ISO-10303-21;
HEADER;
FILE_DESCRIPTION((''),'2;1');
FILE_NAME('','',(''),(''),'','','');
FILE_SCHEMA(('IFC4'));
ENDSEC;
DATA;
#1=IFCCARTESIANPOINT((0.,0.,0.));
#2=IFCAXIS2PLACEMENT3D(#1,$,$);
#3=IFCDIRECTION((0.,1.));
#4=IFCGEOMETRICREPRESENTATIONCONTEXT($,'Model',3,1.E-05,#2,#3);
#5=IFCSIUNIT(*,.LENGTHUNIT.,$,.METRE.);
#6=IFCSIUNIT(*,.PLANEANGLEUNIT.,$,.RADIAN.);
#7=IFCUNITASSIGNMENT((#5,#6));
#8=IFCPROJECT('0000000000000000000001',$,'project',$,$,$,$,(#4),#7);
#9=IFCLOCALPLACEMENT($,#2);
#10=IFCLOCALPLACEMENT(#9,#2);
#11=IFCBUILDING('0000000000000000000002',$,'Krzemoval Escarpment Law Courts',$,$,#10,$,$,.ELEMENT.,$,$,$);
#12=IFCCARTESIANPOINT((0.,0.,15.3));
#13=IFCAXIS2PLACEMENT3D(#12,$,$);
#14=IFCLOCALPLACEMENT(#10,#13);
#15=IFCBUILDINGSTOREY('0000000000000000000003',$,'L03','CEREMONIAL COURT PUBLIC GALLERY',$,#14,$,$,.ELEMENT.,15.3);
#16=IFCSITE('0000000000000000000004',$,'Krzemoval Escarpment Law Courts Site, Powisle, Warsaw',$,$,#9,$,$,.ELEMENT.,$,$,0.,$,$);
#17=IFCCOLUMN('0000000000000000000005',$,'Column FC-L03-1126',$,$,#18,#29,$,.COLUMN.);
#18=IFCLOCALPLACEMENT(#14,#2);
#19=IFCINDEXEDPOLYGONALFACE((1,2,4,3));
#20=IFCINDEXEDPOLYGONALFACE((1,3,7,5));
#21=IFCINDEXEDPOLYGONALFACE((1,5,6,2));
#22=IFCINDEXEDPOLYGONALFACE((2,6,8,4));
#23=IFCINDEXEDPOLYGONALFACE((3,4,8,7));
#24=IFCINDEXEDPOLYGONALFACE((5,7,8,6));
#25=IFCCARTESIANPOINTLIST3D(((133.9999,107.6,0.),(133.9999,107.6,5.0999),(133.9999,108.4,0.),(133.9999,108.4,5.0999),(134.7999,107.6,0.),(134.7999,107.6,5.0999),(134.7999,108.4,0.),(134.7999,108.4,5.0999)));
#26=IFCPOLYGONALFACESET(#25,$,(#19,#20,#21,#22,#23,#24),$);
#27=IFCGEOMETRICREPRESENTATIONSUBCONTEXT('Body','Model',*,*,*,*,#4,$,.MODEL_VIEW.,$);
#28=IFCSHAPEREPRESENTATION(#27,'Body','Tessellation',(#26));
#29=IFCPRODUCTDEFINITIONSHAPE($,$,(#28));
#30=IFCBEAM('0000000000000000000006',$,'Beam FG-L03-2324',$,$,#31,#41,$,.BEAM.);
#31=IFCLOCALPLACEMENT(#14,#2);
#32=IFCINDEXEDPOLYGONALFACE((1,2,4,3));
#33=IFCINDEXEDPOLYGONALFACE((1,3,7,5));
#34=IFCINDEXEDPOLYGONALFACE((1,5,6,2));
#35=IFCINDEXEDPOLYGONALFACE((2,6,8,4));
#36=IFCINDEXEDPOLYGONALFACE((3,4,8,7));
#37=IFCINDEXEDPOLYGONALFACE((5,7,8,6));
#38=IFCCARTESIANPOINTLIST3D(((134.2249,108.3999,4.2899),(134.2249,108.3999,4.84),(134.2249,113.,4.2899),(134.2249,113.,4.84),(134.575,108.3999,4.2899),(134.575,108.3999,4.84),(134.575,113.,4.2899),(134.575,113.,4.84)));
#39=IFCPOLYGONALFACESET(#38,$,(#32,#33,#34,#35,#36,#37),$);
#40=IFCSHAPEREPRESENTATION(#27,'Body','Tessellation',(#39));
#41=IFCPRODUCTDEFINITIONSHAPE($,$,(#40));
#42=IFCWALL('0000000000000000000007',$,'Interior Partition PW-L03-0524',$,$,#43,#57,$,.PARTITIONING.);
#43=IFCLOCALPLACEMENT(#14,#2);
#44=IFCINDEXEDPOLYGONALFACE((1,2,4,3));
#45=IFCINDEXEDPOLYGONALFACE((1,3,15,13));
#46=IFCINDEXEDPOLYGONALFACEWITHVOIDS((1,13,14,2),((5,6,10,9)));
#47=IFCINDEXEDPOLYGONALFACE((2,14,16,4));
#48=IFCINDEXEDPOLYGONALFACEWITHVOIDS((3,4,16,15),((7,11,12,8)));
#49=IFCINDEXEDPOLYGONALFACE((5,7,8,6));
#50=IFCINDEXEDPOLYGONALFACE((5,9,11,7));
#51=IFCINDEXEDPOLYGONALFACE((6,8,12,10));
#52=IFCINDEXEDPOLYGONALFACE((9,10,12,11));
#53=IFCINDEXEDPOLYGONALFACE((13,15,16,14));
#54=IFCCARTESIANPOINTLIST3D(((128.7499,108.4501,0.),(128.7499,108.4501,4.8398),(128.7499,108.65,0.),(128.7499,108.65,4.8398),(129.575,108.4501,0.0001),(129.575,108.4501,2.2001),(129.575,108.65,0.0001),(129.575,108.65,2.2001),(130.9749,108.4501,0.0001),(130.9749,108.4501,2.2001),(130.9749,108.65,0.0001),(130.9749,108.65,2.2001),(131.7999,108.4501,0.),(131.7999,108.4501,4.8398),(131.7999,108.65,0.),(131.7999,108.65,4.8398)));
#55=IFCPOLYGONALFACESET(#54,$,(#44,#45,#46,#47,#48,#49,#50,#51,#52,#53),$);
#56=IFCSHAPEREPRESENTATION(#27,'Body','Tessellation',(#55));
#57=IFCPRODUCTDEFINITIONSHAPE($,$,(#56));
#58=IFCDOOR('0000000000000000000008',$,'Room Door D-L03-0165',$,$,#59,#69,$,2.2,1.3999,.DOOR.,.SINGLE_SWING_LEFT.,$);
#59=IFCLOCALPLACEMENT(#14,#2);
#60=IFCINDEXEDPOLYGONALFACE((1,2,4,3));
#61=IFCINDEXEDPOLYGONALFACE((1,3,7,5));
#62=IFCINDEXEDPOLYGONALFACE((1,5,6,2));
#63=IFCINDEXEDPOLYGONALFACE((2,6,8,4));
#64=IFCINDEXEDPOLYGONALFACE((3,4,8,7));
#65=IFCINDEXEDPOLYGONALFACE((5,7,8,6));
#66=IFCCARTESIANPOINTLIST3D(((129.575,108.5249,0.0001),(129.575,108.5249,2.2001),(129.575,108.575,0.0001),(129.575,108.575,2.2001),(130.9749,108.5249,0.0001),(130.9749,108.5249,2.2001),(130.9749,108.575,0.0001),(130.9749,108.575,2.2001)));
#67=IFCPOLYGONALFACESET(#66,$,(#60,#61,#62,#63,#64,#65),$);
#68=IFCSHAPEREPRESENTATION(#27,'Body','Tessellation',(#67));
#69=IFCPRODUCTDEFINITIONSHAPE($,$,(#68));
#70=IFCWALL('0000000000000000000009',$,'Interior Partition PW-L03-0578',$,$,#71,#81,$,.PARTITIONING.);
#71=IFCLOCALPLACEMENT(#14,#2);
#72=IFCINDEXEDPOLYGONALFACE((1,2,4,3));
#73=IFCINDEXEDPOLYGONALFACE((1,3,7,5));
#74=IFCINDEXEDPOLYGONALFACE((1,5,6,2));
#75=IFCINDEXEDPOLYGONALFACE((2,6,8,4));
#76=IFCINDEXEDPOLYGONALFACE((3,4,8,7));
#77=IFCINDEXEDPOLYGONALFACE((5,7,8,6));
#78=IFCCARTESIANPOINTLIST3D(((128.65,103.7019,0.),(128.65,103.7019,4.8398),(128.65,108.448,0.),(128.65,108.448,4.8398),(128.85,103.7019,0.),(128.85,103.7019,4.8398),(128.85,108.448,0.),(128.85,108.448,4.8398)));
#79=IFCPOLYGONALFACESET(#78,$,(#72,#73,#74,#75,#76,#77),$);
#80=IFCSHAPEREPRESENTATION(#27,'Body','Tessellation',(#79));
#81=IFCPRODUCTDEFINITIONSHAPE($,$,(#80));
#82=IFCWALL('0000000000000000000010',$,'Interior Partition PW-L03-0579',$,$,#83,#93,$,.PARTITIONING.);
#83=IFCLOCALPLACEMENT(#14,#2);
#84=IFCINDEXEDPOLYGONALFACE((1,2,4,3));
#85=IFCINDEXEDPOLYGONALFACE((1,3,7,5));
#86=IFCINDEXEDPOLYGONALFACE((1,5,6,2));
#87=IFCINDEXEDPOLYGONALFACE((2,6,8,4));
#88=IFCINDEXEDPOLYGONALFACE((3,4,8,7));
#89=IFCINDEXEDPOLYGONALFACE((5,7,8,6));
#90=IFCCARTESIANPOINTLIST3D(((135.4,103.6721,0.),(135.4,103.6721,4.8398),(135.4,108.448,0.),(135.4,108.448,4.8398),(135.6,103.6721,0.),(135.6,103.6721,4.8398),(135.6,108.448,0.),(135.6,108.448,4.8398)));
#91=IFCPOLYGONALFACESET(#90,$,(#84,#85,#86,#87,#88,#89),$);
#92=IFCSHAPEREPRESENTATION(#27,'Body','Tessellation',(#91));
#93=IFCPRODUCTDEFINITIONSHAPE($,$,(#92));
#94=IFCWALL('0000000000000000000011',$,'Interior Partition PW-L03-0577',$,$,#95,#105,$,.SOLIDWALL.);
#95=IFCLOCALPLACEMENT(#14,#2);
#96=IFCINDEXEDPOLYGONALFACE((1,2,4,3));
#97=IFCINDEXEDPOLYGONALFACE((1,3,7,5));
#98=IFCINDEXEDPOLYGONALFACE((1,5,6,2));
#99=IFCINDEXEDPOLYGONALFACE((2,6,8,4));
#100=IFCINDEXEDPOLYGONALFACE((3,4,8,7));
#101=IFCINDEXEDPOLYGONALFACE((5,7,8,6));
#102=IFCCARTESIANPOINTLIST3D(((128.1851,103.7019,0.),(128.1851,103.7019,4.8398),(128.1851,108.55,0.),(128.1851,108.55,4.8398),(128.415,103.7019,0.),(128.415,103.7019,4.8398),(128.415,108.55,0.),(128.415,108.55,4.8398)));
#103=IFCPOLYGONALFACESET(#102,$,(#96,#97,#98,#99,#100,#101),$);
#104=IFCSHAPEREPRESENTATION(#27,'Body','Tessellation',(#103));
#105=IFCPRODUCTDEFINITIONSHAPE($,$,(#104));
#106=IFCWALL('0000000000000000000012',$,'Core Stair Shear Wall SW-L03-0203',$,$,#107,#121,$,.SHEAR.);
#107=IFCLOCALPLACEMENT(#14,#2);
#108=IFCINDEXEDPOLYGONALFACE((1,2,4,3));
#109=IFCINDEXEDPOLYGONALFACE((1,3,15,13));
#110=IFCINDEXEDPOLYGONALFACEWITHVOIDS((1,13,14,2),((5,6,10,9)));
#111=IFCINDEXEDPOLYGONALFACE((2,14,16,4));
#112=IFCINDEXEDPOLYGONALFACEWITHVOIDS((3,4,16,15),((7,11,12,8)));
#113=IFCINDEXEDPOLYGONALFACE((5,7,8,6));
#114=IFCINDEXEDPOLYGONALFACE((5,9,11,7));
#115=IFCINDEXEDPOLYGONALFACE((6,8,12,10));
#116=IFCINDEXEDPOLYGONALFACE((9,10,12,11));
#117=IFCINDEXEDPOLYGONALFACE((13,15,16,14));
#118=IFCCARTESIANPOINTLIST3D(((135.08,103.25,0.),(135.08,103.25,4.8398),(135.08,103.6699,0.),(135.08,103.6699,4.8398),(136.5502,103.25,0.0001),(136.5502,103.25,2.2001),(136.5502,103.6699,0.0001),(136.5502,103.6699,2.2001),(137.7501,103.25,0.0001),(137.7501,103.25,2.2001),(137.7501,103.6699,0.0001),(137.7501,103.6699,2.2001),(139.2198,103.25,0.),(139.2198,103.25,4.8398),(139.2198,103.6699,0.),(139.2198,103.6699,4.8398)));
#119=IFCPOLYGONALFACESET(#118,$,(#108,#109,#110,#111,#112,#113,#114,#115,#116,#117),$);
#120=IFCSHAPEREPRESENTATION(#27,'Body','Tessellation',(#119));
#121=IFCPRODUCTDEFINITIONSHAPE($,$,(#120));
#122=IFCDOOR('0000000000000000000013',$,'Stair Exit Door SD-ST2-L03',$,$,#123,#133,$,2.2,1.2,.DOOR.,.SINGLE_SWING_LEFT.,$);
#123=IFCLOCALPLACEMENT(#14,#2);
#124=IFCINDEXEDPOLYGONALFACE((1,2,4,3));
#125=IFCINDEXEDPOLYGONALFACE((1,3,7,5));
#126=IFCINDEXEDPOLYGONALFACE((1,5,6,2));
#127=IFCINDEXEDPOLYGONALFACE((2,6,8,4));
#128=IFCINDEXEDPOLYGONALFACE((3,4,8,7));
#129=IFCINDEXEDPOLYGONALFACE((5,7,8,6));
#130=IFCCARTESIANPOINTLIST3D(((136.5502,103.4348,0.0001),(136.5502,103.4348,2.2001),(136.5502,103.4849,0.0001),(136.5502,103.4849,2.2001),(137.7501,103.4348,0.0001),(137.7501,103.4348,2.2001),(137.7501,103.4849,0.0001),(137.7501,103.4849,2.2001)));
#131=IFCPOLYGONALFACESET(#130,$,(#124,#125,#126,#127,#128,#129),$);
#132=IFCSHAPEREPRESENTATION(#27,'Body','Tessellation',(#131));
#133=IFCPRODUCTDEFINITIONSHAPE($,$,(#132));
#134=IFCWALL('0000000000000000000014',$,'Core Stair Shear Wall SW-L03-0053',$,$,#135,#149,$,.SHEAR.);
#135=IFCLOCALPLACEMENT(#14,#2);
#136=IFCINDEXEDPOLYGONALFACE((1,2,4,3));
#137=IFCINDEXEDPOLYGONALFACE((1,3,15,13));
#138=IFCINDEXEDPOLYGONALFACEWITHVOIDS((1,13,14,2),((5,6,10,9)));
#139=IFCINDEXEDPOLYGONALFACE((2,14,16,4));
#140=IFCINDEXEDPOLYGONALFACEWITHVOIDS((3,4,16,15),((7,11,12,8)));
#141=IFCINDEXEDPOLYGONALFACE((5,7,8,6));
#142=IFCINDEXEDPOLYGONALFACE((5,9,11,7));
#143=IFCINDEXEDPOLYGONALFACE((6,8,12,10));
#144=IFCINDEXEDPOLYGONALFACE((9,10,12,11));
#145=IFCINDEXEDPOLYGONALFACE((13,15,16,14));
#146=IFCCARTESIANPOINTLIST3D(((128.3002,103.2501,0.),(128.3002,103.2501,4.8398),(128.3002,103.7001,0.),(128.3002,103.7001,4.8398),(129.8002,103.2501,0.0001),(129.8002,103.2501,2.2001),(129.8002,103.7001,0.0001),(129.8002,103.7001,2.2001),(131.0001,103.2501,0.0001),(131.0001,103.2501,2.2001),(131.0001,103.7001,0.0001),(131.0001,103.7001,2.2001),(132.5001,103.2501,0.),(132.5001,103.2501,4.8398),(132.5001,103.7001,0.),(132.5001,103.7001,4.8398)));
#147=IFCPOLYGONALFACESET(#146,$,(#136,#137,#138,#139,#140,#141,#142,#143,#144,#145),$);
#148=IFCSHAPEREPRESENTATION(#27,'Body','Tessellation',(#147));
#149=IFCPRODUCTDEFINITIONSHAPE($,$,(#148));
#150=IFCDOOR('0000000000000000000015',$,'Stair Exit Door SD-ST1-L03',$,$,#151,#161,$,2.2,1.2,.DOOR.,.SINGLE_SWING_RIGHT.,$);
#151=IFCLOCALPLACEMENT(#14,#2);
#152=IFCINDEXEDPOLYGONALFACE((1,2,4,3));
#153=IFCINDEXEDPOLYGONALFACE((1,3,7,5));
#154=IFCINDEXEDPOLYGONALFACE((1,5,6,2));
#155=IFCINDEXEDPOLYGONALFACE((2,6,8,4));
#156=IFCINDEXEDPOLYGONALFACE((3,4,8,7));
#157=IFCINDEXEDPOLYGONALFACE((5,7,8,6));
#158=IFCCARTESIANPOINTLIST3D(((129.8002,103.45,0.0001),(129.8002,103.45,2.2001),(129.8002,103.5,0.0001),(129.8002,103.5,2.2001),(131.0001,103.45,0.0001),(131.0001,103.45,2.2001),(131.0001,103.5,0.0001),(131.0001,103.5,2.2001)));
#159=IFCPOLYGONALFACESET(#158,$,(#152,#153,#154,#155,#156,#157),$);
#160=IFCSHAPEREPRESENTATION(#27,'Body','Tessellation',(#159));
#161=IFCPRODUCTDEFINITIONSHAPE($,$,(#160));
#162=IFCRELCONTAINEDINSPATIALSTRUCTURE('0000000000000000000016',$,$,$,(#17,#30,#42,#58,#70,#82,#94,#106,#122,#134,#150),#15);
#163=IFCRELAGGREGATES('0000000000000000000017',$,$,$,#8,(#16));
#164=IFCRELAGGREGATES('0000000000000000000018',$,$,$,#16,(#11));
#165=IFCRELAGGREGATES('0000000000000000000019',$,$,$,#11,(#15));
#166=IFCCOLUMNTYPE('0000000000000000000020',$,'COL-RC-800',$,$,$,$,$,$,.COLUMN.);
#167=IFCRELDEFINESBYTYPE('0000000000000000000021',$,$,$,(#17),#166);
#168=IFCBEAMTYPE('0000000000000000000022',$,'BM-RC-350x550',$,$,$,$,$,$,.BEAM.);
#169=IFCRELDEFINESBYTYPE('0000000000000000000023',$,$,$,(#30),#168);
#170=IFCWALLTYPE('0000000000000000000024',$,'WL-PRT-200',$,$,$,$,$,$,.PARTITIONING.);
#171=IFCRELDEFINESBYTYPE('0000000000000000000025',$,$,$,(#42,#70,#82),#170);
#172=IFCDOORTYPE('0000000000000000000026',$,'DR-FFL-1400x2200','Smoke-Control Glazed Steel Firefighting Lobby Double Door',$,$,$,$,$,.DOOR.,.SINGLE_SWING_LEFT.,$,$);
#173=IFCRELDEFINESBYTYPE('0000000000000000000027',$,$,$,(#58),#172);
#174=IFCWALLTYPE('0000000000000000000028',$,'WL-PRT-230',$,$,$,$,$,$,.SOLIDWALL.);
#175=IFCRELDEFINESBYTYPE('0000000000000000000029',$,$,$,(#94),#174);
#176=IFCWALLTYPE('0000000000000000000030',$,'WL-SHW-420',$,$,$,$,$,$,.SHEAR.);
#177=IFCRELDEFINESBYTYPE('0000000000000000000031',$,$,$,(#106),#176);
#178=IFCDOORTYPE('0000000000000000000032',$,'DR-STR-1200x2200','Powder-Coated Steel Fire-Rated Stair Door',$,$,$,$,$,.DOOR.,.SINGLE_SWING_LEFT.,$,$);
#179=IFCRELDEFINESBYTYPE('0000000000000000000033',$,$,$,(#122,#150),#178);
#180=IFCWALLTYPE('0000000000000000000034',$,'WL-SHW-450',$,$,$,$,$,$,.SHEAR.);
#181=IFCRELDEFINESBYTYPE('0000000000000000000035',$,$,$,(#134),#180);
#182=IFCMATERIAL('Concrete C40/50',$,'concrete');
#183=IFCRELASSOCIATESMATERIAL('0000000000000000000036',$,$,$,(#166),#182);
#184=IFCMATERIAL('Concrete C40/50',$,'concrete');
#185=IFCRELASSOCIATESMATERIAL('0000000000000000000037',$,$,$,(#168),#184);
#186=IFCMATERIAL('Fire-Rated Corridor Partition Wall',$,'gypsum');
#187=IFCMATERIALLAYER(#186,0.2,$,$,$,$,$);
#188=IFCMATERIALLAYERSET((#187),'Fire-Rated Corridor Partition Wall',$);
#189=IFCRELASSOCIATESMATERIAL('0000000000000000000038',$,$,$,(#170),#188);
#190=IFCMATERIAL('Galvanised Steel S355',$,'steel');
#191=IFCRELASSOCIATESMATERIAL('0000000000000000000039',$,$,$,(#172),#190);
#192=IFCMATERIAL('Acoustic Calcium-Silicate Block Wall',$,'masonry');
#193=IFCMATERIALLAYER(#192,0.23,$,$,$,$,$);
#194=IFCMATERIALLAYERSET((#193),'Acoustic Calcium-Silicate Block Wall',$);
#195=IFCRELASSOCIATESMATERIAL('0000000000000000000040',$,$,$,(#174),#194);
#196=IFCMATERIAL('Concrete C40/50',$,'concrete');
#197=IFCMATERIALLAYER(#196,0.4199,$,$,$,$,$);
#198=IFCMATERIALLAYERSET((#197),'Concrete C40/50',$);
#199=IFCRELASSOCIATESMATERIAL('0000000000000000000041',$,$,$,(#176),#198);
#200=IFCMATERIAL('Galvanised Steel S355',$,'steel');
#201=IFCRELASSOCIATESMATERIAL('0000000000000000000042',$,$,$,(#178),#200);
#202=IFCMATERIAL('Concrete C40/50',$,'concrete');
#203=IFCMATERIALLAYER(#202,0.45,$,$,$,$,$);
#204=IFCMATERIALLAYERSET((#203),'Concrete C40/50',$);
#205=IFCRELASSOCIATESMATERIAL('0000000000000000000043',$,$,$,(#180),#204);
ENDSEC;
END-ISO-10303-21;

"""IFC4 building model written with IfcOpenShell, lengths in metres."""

from ifc_helpers import new_model, si_unit, direction, frame, frame_2d, origin, origin_2d, place, context, subcontext, project, spatial, rectangle, extrude, material, layer, layer_set, material_profile, profile_set, type_object, element, fill, save


model = new_model("IFC4")

# Units and contexts
model_context = context("Model", 3, precision=1e-05, world=origin(), true_north=direction((0.0, 1.0)))
body_context = subcontext(model_context, "Body", "Model", "MODEL_VIEW")
ifc_project = project(units=[si_unit("LENGTHUNIT", "METRE"), si_unit("PLANEANGLEUNIT", "RADIAN")], contexts=[model_context])

# Site, building, storey
site_placement = place(None, origin())
site = spatial("IfcSite", under=ifc_project, at=site_placement, Name="Krzemoval Escarpment Law Courts Site, Powisle, Warsaw", CompositionType="ELEMENT", RefElevation=0.0)
building_placement = place(site_placement, origin())
building = spatial("IfcBuilding", under=site, at=building_placement, Name="Krzemoval Escarpment Law Courts", CompositionType="ELEMENT")
storey_placement = place(building_placement, frame((0.0, 0.0, 15.3)))
storey = spatial("IfcBuildingStorey", under=building, at=storey_placement, Name="L03", Description="CEREMONIAL COURT PUBLIC GALLERY", CompositionType="ELEMENT", Elevation=15.3)

# Column
ifc_material_1 = material(Name="Concrete C40/50", Category="concrete")
ifc_material_profile_1 = material_profile(ifc_material_1, rectangle(XDim=0.8, YDim=0.8, at=origin_2d()), Name="RC 800x800")
ifc_profile_set_1 = profile_set([ifc_material_profile_1], Name="Concrete C40/50")
column_type = type_object("IfcColumnType", Name="COL-RC-800", PredefinedType="COLUMN", material=ifc_profile_set_1)
column_placement = place(storey_placement, frame((134.3999, 108.0, 0.0), z_axis=(0.0, 0.0, 1.0), x_axis=(1.0, 0.0, 0.0)))
element("IfcColumn", 1, at=column_placement, inside=storey, type_object=column_type, Name="Column FC-L03-1126", PredefinedType="COLUMN", context=body_context, shape_type="SweptSolid", body=[
    extrude(rectangle(XDim=0.8, YDim=0.8, at=origin_2d()), origin(), (0.0, 0.0, 1.0), 5.0999),
])

# Beam
ifc_material_2 = material(Name="Concrete C40/50", Category="concrete")
ifc_material_profile_2 = material_profile(ifc_material_2, rectangle(XDim=0.3501, YDim=0.55, at=origin_2d()), Name="RCB 350x550")
ifc_profile_set_2 = profile_set([ifc_material_profile_2], Name="Concrete C40/50")
beam_type = type_object("IfcBeamType", Name="BM-RC-350x550", PredefinedType="BEAM", material=ifc_profile_set_2)
beam_placement = place(storey_placement, frame((134.3999, 108.3999, 4.5649), z_axis=(0.0, 1.0, 0.0), x_axis=(-1.0, 0.0, 0.0)))
element("IfcBeam", 2, at=beam_placement, inside=storey, type_object=beam_type, Name="Beam FG-L03-2324", PredefinedType="BEAM", context=body_context, shape_type="SweptSolid", body=[
    extrude(rectangle(XDim=0.3501, YDim=0.55, at=origin_2d()), origin(), (0.0, 0.0, 1.0), 4.6001),
])

# Wall, opening, door
ifc_material_3 = material(Name="Fire-Rated Corridor Partition Wall", Category="gypsum")
ifc_layer_1 = layer(ifc_material_3, 0.2)
ifc_layer_set_1 = layer_set([ifc_layer_1], Name="Fire-Rated Corridor Partition Wall")
wall_type_1 = type_object("IfcWallType", Name="WL-PRT-200", PredefinedType="PARTITIONING", material=ifc_layer_set_1)
wall_1_placement = place(storey_placement, frame((128.75, 108.55, 0.0), z_axis=(0.0, 0.0, 1.0), x_axis=(1.0, 0.0, 0.0)))
wall_1 = element("IfcWall", 3, at=wall_1_placement, inside=storey, type_object=wall_type_1, Name="Interior Partition PW-L03-0524", PredefinedType="PARTITIONING", context=body_context, shape_type="SweptSolid", body=[
    extrude(rectangle(XDim=3.05, YDim=0.2, at=frame_2d((1.5249, 0.0))), origin(), (0.0, 0.0, 1.0), 4.8398),
])
opening_1_placement = place(wall_1_placement, frame((0.825, 0.0, 0.0)))
opening_1 = element("IfcOpeningElement", 4, at=opening_1_placement, cuts=wall_1, PredefinedType="OPENING", context=body_context, shape_type="SweptSolid", body=[
    extrude(rectangle(XDim=1.3999, YDim=2.2, at=frame_2d((0.7, 1.1001))), frame((0.0, 0.115, 0.0), z_axis=(0.0, -1.0, 0.0), x_axis=(1.0, 0.0, 0.0)), (0.0, 0.0, 1.0), 0.2299),
])
ifc_material_4 = material(Name="Galvanised Steel S355", Category="steel")
door_type_1 = type_object("IfcDoorType", Name="DR-FFL-1400x2200", Description="Smoke-Control Glazed Steel Firefighting Lobby Double Door", OperationType="SINGLE_SWING_LEFT", PredefinedType="DOOR", material=ifc_material_4)
door_1_placement = place(opening_1_placement, origin())
door_1 = element("IfcDoor", 5, at=door_1_placement, inside=storey, type_object=door_type_1, Name="Room Door D-L03-0165", OperationType="SINGLE_SWING_LEFT", OverallHeight=2.2, OverallWidth=1.3999, PredefinedType="DOOR", context=body_context, shape_type="SweptSolid", body=[
    extrude(rectangle(XDim=1.3999, YDim=2.2, at=frame_2d((0.7, 1.1001))), frame((0.0, 0.0249, 0.0), z_axis=(0.0, -1.0, 0.0), x_axis=(1.0, 0.0, 0.0)), (0.0, 0.0, 1.0), 0.05),
])
fill(opening_1, door_1)

# Walls
wall_2_placement = place(storey_placement, frame((128.75, 103.7019, 0.0), z_axis=(0.0, 0.0, 1.0), x_axis=(0.0, 1.0, 0.0)))
element("IfcWall", 6, at=wall_2_placement, inside=storey, type_object=wall_type_1, Name="Interior Partition PW-L03-0578", PredefinedType="PARTITIONING", context=body_context, shape_type="SweptSolid", body=[
    extrude(rectangle(XDim=4.7461, YDim=0.2, at=frame_2d((2.373, 0.0))), origin(), (0.0, 0.0, 1.0), 4.8398),
])
wall_3_placement = place(storey_placement, frame((135.5, 103.6721, 0.0), z_axis=(0.0, 0.0, 1.0), x_axis=(0.0, 1.0, 0.0)))
element("IfcWall", 7, at=wall_3_placement, inside=storey, type_object=wall_type_1, Name="Interior Partition PW-L03-0579", PredefinedType="PARTITIONING", context=body_context, shape_type="SweptSolid", body=[
    extrude(rectangle(XDim=4.7759, YDim=0.2, at=frame_2d((2.3879, 0.0))), origin(), (0.0, 0.0, 1.0), 4.8398),
])
ifc_material_5 = material(Name="Acoustic Calcium-Silicate Block Wall", Category="masonry")
ifc_layer_2 = layer(ifc_material_5, 0.23)
ifc_layer_set_2 = layer_set([ifc_layer_2], Name="Acoustic Calcium-Silicate Block Wall")
wall_type_2 = type_object("IfcWallType", Name="WL-PRT-230", PredefinedType="SOLIDWALL", material=ifc_layer_set_2)
wall_4_placement = place(storey_placement, frame((128.3, 103.7019, 0.0), z_axis=(0.0, 0.0, 1.0), x_axis=(0.0, 1.0, 0.0)))
element("IfcWall", 8, at=wall_4_placement, inside=storey, type_object=wall_type_2, Name="Interior Partition PW-L03-0577", PredefinedType="SOLIDWALL", context=body_context, shape_type="SweptSolid", body=[
    extrude(rectangle(XDim=4.8481, YDim=0.23, at=frame_2d((2.4241, 0.0))), origin(), (0.0, 0.0, 1.0), 4.8398),
])

# Walls, openings, doors
ifc_material_6 = material(Name="Concrete C40/50", Category="concrete")
ifc_layer_3 = layer(ifc_material_6, 0.4199)
ifc_layer_set_3 = layer_set([ifc_layer_3], Name="Concrete C40/50")
wall_type_3 = type_object("IfcWallType", Name="WL-SHW-420", PredefinedType="SHEAR", material=ifc_layer_set_3)
wall_5_placement = place(storey_placement, frame((135.0801, 103.46, 0.0), z_axis=(0.0, 0.0, 1.0), x_axis=(1.0, 0.0, 0.0)))
wall_5 = element("IfcWall", 9, at=wall_5_placement, inside=storey, type_object=wall_type_3, Name="Core Stair Shear Wall SW-L03-0203", PredefinedType="SHEAR", context=body_context, shape_type="SweptSolid", body=[
    extrude(rectangle(XDim=4.1399, YDim=0.4199, at=frame_2d((2.0698, 0.0))), origin(), (0.0, 0.0, 1.0), 4.8398),
])
opening_2_placement = place(wall_5_placement, frame((1.47, 0.0, 0.0)))
opening_2 = element("IfcOpeningElement", 10, at=opening_2_placement, cuts=wall_5, PredefinedType="OPENING", context=body_context, shape_type="SweptSolid", body=[
    extrude(rectangle(XDim=1.2, YDim=2.2, at=frame_2d((0.6001, 1.1001))), frame((0.0, 0.225, 0.0), z_axis=(0.0, -1.0, 0.0), x_axis=(1.0, 0.0, 0.0)), (0.0, 0.0, 1.0), 0.4499),
])
ifc_material_7 = material(Name="Galvanised Steel S355", Category="steel")
door_type_2 = type_object("IfcDoorType", Name="DR-STR-1200x2200", Description="Powder-Coated Steel Fire-Rated Stair Door", OperationType="SINGLE_SWING_LEFT", PredefinedType="DOOR", material=ifc_material_7)
door_2_placement = place(opening_2_placement, origin())
door_2 = element("IfcDoor", 11, at=door_2_placement, inside=storey, type_object=door_type_2, Name="Stair Exit Door SD-ST2-L03", OperationType="SINGLE_SWING_LEFT", OverallHeight=2.2, OverallWidth=1.2, PredefinedType="DOOR", context=body_context, shape_type="SweptSolid", body=[
    extrude(rectangle(XDim=1.2, YDim=2.2, at=frame_2d((0.6001, 1.1001))), frame((0.0, 0.0249, 0.0), z_axis=(0.0, -1.0, 0.0), x_axis=(1.0, 0.0, 0.0)), (0.0, 0.0, 1.0), 0.05),
])
fill(opening_2, door_2)
ifc_material_8 = material(Name="Concrete C40/50", Category="concrete")
ifc_layer_4 = layer(ifc_material_8, 0.45)
ifc_layer_set_4 = layer_set([ifc_layer_4], Name="Concrete C40/50")
wall_type_4 = type_object("IfcWallType", Name="WL-SHW-450", PredefinedType="SHEAR", material=ifc_layer_set_4)
wall_6_placement = place(storey_placement, frame((128.3, 103.4751, 0.0), z_axis=(0.0, 0.0, 1.0), x_axis=(1.0, 0.0, 0.0)))
wall_6 = element("IfcWall", 12, at=wall_6_placement, inside=storey, type_object=wall_type_4, Name="Core Stair Shear Wall SW-L03-0053", PredefinedType="SHEAR", context=body_context, shape_type="SweptSolid", body=[
    extrude(rectangle(XDim=4.2, YDim=0.45, at=frame_2d((2.1001, 0.0))), origin(), (0.0, 0.0, 1.0), 4.8398),
])
opening_3_placement = place(wall_6_placement, frame((1.5, 0.0, 0.0)))
opening_3 = element("IfcOpeningElement", 13, at=opening_3_placement, cuts=wall_6, PredefinedType="OPENING", context=body_context, shape_type="SweptSolid", body=[
    extrude(rectangle(XDim=1.2, YDim=2.2, at=frame_2d((0.6001, 1.1001))), frame((0.0, 0.24, 0.0), z_axis=(0.0, -1.0, 0.0), x_axis=(1.0, 0.0, 0.0)), (0.0, 0.0, 1.0), 0.4799),
])
door_3_placement = place(opening_3_placement, origin())
door_3 = element("IfcDoor", 14, at=door_3_placement, inside=storey, type_object=door_type_2, Name="Stair Exit Door SD-ST1-L03", OperationType="SINGLE_SWING_RIGHT", OverallHeight=2.2, OverallWidth=1.2, PredefinedType="DOOR", context=body_context, shape_type="SweptSolid", body=[
    extrude(rectangle(XDim=1.2, YDim=2.2, at=frame_2d((0.6001, 1.1001))), frame((0.0, 0.0249, 0.0), z_axis=(0.0, -1.0, 0.0), x_axis=(1.0, 0.0, 0.0)), (0.0, 0.0, 1.0), 0.05),
])
fill(opening_3, door_3)

save(model, "model.ifc")
